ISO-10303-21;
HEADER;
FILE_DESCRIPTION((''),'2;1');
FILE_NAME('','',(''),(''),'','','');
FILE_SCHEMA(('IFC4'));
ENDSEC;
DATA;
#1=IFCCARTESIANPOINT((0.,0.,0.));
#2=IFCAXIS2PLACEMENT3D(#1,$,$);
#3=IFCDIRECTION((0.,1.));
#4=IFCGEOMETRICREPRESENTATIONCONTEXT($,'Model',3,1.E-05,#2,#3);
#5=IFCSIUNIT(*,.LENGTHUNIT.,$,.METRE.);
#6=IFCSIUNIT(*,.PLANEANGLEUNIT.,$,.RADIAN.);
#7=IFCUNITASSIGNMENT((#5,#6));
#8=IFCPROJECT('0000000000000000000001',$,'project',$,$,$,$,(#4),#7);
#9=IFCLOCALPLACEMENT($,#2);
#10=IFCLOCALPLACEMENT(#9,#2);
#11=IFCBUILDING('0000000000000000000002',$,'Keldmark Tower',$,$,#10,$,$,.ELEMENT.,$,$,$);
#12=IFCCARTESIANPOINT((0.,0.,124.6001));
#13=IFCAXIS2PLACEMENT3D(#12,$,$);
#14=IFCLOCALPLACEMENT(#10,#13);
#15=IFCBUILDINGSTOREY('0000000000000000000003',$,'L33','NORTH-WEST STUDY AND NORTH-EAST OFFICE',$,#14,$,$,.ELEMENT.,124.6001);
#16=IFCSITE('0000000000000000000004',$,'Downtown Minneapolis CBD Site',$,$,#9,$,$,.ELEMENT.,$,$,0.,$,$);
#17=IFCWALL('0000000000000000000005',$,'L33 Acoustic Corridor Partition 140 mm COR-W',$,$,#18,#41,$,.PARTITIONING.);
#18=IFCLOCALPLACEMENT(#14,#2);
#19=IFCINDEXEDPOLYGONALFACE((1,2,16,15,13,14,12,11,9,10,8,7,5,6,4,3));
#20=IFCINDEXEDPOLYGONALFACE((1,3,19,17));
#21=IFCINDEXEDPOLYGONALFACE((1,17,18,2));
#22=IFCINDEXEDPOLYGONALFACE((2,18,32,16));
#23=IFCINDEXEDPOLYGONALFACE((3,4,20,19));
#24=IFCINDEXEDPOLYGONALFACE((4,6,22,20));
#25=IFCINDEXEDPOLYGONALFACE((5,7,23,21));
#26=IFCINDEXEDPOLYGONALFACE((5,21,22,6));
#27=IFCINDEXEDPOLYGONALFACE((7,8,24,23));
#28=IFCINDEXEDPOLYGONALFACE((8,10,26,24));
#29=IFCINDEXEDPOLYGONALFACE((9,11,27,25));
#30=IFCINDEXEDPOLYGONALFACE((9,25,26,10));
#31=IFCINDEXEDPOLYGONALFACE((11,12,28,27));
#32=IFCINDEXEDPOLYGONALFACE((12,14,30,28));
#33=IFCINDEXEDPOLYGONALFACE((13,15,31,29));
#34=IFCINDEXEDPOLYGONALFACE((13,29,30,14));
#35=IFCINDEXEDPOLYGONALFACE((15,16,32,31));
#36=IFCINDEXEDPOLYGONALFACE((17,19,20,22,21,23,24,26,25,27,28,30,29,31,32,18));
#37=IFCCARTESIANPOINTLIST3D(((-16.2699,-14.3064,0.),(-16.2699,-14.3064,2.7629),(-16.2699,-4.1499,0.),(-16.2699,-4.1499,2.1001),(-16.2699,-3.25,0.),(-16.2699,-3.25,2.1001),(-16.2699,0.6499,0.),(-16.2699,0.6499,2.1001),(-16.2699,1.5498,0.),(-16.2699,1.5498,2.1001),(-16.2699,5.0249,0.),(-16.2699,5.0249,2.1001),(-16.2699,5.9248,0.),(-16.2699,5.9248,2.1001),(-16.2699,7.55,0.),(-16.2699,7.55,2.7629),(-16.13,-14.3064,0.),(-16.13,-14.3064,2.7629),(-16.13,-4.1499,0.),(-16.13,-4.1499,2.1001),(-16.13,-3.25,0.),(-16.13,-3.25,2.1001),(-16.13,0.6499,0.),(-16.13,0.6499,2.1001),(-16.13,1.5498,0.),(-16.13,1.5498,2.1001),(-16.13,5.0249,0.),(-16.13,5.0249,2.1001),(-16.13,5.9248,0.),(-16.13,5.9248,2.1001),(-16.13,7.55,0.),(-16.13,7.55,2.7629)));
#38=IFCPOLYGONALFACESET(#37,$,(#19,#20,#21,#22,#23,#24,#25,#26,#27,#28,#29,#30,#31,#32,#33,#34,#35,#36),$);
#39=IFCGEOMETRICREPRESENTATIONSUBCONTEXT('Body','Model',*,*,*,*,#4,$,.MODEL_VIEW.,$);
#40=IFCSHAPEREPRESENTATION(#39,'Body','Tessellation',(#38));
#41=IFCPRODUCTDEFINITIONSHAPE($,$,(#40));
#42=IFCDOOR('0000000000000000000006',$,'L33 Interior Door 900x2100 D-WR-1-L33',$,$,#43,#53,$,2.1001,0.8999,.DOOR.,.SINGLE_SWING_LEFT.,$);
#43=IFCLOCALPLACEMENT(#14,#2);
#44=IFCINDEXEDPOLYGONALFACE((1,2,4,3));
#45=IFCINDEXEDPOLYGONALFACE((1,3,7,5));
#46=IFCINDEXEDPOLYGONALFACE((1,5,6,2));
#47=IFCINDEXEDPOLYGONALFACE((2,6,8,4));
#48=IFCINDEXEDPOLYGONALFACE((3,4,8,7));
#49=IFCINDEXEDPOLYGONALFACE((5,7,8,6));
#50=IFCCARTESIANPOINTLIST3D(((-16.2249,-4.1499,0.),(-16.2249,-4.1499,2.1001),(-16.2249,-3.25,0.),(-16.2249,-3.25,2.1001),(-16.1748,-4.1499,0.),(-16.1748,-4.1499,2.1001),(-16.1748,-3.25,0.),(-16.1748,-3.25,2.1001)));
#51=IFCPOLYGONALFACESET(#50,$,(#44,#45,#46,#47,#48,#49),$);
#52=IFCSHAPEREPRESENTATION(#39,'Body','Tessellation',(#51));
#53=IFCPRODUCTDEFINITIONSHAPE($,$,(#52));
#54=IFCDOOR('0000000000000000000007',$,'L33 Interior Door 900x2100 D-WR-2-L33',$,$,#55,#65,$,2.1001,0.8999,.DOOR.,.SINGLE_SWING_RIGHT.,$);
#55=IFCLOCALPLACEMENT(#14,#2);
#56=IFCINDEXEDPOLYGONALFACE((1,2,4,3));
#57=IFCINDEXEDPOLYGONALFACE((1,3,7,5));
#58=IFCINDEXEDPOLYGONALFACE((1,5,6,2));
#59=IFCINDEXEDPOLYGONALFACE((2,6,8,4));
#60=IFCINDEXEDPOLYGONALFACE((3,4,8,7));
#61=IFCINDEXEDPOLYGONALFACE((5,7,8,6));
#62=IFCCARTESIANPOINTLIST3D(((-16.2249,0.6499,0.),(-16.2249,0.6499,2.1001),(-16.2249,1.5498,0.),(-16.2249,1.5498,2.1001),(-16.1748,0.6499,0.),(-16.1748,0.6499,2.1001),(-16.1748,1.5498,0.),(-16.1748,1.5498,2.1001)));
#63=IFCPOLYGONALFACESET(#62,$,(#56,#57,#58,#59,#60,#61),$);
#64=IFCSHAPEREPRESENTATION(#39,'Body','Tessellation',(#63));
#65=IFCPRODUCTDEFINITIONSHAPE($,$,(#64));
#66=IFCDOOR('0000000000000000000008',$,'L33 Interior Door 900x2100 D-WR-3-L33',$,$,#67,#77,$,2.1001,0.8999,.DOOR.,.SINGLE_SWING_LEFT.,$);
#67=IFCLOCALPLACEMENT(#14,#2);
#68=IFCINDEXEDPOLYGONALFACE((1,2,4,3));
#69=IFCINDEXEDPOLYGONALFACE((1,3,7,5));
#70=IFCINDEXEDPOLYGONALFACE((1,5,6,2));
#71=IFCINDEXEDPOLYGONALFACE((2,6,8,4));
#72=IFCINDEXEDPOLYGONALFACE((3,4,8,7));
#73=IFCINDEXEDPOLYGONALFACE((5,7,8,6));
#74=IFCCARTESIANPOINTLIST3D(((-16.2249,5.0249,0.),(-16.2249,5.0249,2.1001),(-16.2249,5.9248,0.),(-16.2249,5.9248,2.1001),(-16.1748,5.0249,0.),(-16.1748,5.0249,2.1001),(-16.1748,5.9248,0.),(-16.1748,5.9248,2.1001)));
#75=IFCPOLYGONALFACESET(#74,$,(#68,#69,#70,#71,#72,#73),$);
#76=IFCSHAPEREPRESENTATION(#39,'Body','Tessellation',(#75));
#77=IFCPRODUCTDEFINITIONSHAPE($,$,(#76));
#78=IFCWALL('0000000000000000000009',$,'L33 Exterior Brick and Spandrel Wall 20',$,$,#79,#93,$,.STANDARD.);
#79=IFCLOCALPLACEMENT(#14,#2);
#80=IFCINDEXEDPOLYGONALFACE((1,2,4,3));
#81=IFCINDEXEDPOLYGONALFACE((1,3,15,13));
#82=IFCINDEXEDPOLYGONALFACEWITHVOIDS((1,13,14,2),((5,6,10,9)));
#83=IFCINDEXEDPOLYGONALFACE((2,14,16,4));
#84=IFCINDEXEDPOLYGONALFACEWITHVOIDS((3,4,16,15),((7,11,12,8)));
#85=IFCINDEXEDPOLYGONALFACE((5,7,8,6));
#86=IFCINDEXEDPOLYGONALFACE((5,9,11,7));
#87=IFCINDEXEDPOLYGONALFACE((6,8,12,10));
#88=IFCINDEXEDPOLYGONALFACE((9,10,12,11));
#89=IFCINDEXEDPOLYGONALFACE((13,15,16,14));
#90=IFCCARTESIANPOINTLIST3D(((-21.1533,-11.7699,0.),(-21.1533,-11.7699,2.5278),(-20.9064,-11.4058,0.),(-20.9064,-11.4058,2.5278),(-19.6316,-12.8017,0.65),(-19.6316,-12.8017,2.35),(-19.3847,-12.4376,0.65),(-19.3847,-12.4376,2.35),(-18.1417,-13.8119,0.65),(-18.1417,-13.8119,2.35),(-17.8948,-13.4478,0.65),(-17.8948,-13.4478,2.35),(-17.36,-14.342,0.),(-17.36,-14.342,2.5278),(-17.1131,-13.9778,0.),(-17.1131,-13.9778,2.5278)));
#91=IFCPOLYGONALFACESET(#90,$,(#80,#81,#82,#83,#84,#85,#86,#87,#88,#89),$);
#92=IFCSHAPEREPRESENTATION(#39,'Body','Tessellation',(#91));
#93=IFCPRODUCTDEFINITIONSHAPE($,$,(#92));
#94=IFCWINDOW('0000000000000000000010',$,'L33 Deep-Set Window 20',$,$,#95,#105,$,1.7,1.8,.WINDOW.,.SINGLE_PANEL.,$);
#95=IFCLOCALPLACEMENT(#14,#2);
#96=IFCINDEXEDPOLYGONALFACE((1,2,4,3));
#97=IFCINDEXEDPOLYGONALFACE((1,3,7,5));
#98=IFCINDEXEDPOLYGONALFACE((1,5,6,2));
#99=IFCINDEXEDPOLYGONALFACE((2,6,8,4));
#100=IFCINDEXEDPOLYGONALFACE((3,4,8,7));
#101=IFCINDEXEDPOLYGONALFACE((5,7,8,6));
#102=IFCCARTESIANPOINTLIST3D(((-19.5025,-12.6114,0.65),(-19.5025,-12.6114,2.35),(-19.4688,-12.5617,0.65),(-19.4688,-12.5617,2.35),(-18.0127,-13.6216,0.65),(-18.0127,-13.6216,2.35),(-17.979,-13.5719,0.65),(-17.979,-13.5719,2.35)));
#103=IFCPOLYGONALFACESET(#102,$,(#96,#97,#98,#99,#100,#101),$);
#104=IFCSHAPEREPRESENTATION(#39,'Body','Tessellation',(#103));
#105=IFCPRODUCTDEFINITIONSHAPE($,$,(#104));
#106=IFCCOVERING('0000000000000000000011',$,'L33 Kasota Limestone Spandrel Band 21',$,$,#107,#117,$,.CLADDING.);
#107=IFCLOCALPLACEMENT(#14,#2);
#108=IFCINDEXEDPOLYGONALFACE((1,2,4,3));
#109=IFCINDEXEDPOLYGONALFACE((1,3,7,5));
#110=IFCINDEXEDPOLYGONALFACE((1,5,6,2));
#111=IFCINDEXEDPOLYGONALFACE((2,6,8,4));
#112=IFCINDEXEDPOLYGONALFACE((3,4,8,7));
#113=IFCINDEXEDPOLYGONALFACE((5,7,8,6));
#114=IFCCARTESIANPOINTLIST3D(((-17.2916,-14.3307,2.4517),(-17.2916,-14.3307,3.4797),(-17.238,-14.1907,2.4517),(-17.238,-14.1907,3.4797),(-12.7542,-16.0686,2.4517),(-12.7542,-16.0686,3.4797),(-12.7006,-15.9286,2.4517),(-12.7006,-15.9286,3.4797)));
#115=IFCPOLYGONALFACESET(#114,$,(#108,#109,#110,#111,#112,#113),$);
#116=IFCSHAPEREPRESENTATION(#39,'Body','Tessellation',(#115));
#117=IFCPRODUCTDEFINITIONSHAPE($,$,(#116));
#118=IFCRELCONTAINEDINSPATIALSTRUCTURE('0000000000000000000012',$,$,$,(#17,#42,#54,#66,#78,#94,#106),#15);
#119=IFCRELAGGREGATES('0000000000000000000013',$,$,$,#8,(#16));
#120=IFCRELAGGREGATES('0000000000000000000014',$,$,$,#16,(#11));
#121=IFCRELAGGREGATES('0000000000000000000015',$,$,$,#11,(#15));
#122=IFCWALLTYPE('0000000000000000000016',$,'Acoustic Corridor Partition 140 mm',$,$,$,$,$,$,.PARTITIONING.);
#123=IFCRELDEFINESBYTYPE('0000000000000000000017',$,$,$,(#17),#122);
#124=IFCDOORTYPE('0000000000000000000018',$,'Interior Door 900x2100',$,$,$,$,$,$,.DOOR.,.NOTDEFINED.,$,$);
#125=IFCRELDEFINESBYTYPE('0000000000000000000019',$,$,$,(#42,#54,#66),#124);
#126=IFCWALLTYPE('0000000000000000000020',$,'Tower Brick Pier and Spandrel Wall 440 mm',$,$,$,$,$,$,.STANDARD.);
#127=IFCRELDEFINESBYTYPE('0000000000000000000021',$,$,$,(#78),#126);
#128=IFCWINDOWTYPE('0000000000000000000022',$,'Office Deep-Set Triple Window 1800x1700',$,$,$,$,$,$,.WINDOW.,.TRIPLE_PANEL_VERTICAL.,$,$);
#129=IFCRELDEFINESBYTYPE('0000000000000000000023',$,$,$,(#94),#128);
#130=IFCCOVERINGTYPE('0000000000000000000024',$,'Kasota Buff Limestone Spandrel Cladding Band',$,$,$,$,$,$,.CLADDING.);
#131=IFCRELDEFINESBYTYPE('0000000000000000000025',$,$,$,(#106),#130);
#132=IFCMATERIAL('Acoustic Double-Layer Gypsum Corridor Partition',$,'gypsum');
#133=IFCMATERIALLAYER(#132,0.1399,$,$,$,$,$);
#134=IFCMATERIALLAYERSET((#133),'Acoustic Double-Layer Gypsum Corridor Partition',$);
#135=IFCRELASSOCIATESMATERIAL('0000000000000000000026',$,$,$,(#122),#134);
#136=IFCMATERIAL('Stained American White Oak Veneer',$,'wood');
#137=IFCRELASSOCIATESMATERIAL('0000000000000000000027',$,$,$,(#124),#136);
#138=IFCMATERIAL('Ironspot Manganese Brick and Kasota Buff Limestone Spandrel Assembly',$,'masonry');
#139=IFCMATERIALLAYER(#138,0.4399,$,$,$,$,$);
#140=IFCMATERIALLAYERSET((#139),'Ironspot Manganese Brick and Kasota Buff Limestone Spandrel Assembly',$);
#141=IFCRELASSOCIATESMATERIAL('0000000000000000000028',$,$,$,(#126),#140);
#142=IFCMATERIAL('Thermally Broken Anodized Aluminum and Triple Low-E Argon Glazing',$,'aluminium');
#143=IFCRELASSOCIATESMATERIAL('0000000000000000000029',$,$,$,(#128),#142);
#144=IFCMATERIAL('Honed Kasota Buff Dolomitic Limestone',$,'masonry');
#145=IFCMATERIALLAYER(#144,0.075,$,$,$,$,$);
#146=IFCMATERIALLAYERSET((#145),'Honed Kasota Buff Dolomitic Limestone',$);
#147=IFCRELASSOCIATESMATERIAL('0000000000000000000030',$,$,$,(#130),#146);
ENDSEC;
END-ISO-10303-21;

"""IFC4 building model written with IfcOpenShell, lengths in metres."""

from ifc_helpers import new_model, si_unit, direction, frame, frame_2d, origin, origin_2d, place, context, subcontext, project, spatial, rectangle, extrude, material, layer, layer_set, type_object, element, fill, save


model = new_model("IFC4")

# Units and contexts
model_context = context("Model", 3, precision=1e-05, world=origin(), true_north=direction((0.0, 1.0)))
body_context = subcontext(model_context, "Body", "Model", "MODEL_VIEW")
ifc_project = project(units=[si_unit("LENGTHUNIT", "METRE"), si_unit("PLANEANGLEUNIT", "RADIAN")], contexts=[model_context])

# Site, building, storey
site_placement = place(None, origin())
site = spatial("IfcSite", under=ifc_project, at=site_placement, Name="Downtown Minneapolis CBD Site", CompositionType="ELEMENT", RefElevation=0.0)
building_placement = place(site_placement, origin())
building = spatial("IfcBuilding", under=site, at=building_placement, Name="Keldmark Tower", CompositionType="ELEMENT")
storey_placement = place(building_placement, frame((0.0, 0.0, 124.6001)))
storey = spatial("IfcBuildingStorey", under=building, at=storey_placement, Name="L33", Description="NORTH-WEST STUDY AND NORTH-EAST OFFICE", CompositionType="ELEMENT", Elevation=124.6001)

# Wall, openings, doors
ifc_material_1 = material(Name="Acoustic Double-Layer Gypsum Corridor Partition", Category="gypsum")
ifc_layer_1 = layer(ifc_material_1, 0.1399)
ifc_layer_set_1 = layer_set([ifc_layer_1], Name="Acoustic Double-Layer Gypsum Corridor Partition")
wall_type_1 = type_object("IfcWallType", Name="Acoustic Corridor Partition 140 mm", PredefinedType="PARTITIONING", material=ifc_layer_set_1)
ifc_material_2 = material(Name="Stained American White Oak Veneer", Category="wood")
door_type_1 = type_object("IfcDoorType", Name="Interior Door 900x2100", OperationType="NOTDEFINED", PredefinedType="DOOR", material=ifc_material_2)
wall_1_placement = place(storey_placement, frame((-16.2, -14.3064, 0.0), z_axis=(0.0, 0.0, 1.0), x_axis=(0.0, 1.0, 0.0)))
wall_1 = element("IfcWall", 1, at=wall_1_placement, inside=storey, type_object=wall_type_1, Name="L33 Acoustic Corridor Partition 140 mm COR-W", PredefinedType="PARTITIONING", context=body_context, shape_type="SweptSolid", body=[
    extrude(rectangle(XDim=21.8564, YDim=0.1399, at=frame_2d((10.9282, 0.0))), origin(), (0.0, 0.0, 1.0), 2.7629),
])
opening_1_placement = place(wall_1_placement, frame((10.1565, 0.0, 0.0)))
opening_1 = element("IfcOpeningElement", 2, at=opening_1_placement, cuts=wall_1, PredefinedType="OPENING", context=body_context, shape_type="SweptSolid", body=[
    extrude(rectangle(XDim=0.8999, YDim=2.1001, at=frame_2d((0.45, 1.05))), frame((0.0, 0.0798, 0.0), z_axis=(0.0, -1.0, 0.0), x_axis=(1.0, 0.0, 0.0)), (0.0, 0.0, 1.0), 0.1599),
])
opening_2_placement = place(wall_1_placement, frame((14.9563, 0.0, 0.0)))
opening_2 = element("IfcOpeningElement", 3, at=opening_2_placement, cuts=wall_1, PredefinedType="OPENING", context=body_context, shape_type="SweptSolid", body=[
    extrude(rectangle(XDim=0.8999, YDim=2.1001, at=frame_2d((0.45, 1.05))), frame((0.0, 0.0798, 0.0), z_axis=(0.0, -1.0, 0.0), x_axis=(1.0, 0.0, 0.0)), (0.0, 0.0, 1.0), 0.1599),
])
opening_3_placement = place(wall_1_placement, frame((19.3313, 0.0, 0.0)))
opening_3 = element("IfcOpeningElement", 4, at=opening_3_placement, cuts=wall_1, PredefinedType="OPENING", context=body_context, shape_type="SweptSolid", body=[
    extrude(rectangle(XDim=0.8999, YDim=2.1001, at=frame_2d((0.45, 1.05))), frame((0.0, 0.0798, 0.0), z_axis=(0.0, -1.0, 0.0), x_axis=(1.0, 0.0, 0.0)), (0.0, 0.0, 1.0), 0.1599),
])
door_1_placement = place(opening_1_placement, origin())
door_1 = element("IfcDoor", 5, at=door_1_placement, inside=storey, type_object=door_type_1, Name="L33 Interior Door 900x2100 D-WR-1-L33", OperationType="SINGLE_SWING_LEFT", OverallHeight=2.1001, OverallWidth=0.8999, PredefinedType="DOOR", context=body_context, shape_type="SweptSolid", body=[
    extrude(rectangle(XDim=0.8999, YDim=2.1001, at=frame_2d((0.45, 1.05))), frame((0.0, 0.0249, 0.0), z_axis=(0.0, -1.0, 0.0), x_axis=(1.0, 0.0, 0.0)), (0.0, 0.0, 1.0), 0.05),
])
fill(opening_1, door_1)
door_2_placement = place(opening_2_placement, origin())
door_2 = element("IfcDoor", 6, at=door_2_placement, inside=storey, type_object=door_type_1, Name="L33 Interior Door 900x2100 D-WR-2-L33", OperationType="SINGLE_SWING_RIGHT", OverallHeight=2.1001, OverallWidth=0.8999, PredefinedType="DOOR", context=body_context, shape_type="SweptSolid", body=[
    extrude(rectangle(XDim=0.8999, YDim=2.1001, at=frame_2d((0.45, 1.05))), frame((0.0, 0.0249, 0.0), z_axis=(0.0, -1.0, 0.0), x_axis=(1.0, 0.0, 0.0)), (0.0, 0.0, 1.0), 0.05),
])
fill(opening_2, door_2)
door_3_placement = place(opening_3_placement, origin())
door_3 = element("IfcDoor", 7, at=door_3_placement, inside=storey, type_object=door_type_1, Name="L33 Interior Door 900x2100 D-WR-3-L33", OperationType="SINGLE_SWING_LEFT", OverallHeight=2.1001, OverallWidth=0.8999, PredefinedType="DOOR", context=body_context, shape_type="SweptSolid", body=[
    extrude(rectangle(XDim=0.8999, YDim=2.1001, at=frame_2d((0.45, 1.05))), frame((0.0, 0.0249, 0.0), z_axis=(0.0, -1.0, 0.0), x_axis=(1.0, 0.0, 0.0)), (0.0, 0.0, 1.0), 0.05),
])
fill(opening_3, door_3)

# Wall, opening, window
ifc_material_3 = material(Name="Ironspot Manganese Brick and Kasota Buff Limestone Spandrel Assembly", Category="masonry")
ifc_layer_2 = layer(ifc_material_3, 0.4399)
ifc_layer_set_2 = layer_set([ifc_layer_2], Name="Ironspot Manganese Brick and Kasota Buff Limestone Spandrel Assembly")
wall_type_2 = type_object("IfcWallType", Name="Tower Brick Pier and Spandrel Wall 440 mm", PredefinedType="STANDARD", material=ifc_layer_set_2)
wall_2_placement = place(storey_placement, frame((-17.2366, -14.1599, 0.0), z_axis=(0.0, 0.0, 1.0), x_axis=(-0.827673, 0.561211, 0.0)))
wall_2 = element("IfcWall", 8, at=wall_2_placement, inside=storey, type_object=wall_type_2, Name="L33 Exterior Brick and Spandrel Wall 20", PredefinedType="STANDARD", context=body_context, shape_type="SweptSolid", body=[
    extrude(rectangle(XDim=4.583, YDim=0.4399, at=frame_2d((2.2915, 0.0))), origin(), (0.0, 0.0, 1.0), 2.5278),
])
opening_4_placement = place(wall_2_placement, frame((0.9446, 0.0, 0.6499)))
opening_4 = element("IfcOpeningElement", 9, at=opening_4_placement, cuts=wall_2, PredefinedType="OPENING", context=body_context, shape_type="SweptSolid", body=[
    extrude(rectangle(XDim=1.8, YDim=1.7, at=frame_2d((0.8999, 0.8501))), frame((0.0, 0.23, 0.0), z_axis=(0.0, -1.0, 0.0), x_axis=(1.0, 0.0, 0.0)), (0.0, 0.0, 1.0), 0.46),
])
ifc_material_4 = material(Name="Thermally Broken Anodized Aluminum and Triple Low-E Argon Glazing", Category="aluminium")
window_type = type_object("IfcWindowType", Name="Office Deep-Set Triple Window 1800x1700", PartitioningType="TRIPLE_PANEL_VERTICAL", PredefinedType="WINDOW", material=ifc_material_4)
window_placement = place(opening_4_placement, origin())
window = element("IfcWindow", 10, at=window_placement, inside=storey, type_object=window_type, Name="L33 Deep-Set Window 20", OverallHeight=1.7, OverallWidth=1.8, PartitioningType="SINGLE_PANEL", PredefinedType="WINDOW", context=body_context, shape_type="SweptSolid", body=[
    extrude(rectangle(XDim=1.8, YDim=1.7, at=frame_2d((0.8999, 0.8501))), frame((0.0, -0.01, 0.0), z_axis=(0.0, -1.0, 0.0), x_axis=(1.0, 0.0, 0.0)), (0.0, 0.0, 1.0), 0.0601),
])
fill(opening_4, window)

# Covering
ifc_material_5 = material(Name="Honed Kasota Buff Dolomitic Limestone", Category="masonry")
ifc_layer_3 = layer(ifc_material_5, 0.075)
ifc_layer_set_3 = layer_set([ifc_layer_3], Name="Honed Kasota Buff Dolomitic Limestone")
covering_type = type_object("IfcCoveringType", Name="Kasota Buff Limestone Spandrel Cladding Band", PredefinedType="CLADDING", material=ifc_layer_set_3)
covering_placement = place(storey_placement, frame((-14.9961, -15.1296, 2.4517), z_axis=(0.0, 0.0, 1.0), x_axis=(0.933849, -0.357667, 0.0)))
element("IfcCovering", 11, at=covering_placement, inside=storey, type_object=covering_type, Name="L33 Kasota Limestone Spandrel Band 21", PredefinedType="CLADDING", context=body_context, shape_type="SweptSolid", body=[
    extrude(rectangle(XDim=4.8589, YDim=0.1499, at=origin_2d()), origin(), (0.0, 0.0, 1.0), 1.0281),
])

save(model, "model.ifc")
